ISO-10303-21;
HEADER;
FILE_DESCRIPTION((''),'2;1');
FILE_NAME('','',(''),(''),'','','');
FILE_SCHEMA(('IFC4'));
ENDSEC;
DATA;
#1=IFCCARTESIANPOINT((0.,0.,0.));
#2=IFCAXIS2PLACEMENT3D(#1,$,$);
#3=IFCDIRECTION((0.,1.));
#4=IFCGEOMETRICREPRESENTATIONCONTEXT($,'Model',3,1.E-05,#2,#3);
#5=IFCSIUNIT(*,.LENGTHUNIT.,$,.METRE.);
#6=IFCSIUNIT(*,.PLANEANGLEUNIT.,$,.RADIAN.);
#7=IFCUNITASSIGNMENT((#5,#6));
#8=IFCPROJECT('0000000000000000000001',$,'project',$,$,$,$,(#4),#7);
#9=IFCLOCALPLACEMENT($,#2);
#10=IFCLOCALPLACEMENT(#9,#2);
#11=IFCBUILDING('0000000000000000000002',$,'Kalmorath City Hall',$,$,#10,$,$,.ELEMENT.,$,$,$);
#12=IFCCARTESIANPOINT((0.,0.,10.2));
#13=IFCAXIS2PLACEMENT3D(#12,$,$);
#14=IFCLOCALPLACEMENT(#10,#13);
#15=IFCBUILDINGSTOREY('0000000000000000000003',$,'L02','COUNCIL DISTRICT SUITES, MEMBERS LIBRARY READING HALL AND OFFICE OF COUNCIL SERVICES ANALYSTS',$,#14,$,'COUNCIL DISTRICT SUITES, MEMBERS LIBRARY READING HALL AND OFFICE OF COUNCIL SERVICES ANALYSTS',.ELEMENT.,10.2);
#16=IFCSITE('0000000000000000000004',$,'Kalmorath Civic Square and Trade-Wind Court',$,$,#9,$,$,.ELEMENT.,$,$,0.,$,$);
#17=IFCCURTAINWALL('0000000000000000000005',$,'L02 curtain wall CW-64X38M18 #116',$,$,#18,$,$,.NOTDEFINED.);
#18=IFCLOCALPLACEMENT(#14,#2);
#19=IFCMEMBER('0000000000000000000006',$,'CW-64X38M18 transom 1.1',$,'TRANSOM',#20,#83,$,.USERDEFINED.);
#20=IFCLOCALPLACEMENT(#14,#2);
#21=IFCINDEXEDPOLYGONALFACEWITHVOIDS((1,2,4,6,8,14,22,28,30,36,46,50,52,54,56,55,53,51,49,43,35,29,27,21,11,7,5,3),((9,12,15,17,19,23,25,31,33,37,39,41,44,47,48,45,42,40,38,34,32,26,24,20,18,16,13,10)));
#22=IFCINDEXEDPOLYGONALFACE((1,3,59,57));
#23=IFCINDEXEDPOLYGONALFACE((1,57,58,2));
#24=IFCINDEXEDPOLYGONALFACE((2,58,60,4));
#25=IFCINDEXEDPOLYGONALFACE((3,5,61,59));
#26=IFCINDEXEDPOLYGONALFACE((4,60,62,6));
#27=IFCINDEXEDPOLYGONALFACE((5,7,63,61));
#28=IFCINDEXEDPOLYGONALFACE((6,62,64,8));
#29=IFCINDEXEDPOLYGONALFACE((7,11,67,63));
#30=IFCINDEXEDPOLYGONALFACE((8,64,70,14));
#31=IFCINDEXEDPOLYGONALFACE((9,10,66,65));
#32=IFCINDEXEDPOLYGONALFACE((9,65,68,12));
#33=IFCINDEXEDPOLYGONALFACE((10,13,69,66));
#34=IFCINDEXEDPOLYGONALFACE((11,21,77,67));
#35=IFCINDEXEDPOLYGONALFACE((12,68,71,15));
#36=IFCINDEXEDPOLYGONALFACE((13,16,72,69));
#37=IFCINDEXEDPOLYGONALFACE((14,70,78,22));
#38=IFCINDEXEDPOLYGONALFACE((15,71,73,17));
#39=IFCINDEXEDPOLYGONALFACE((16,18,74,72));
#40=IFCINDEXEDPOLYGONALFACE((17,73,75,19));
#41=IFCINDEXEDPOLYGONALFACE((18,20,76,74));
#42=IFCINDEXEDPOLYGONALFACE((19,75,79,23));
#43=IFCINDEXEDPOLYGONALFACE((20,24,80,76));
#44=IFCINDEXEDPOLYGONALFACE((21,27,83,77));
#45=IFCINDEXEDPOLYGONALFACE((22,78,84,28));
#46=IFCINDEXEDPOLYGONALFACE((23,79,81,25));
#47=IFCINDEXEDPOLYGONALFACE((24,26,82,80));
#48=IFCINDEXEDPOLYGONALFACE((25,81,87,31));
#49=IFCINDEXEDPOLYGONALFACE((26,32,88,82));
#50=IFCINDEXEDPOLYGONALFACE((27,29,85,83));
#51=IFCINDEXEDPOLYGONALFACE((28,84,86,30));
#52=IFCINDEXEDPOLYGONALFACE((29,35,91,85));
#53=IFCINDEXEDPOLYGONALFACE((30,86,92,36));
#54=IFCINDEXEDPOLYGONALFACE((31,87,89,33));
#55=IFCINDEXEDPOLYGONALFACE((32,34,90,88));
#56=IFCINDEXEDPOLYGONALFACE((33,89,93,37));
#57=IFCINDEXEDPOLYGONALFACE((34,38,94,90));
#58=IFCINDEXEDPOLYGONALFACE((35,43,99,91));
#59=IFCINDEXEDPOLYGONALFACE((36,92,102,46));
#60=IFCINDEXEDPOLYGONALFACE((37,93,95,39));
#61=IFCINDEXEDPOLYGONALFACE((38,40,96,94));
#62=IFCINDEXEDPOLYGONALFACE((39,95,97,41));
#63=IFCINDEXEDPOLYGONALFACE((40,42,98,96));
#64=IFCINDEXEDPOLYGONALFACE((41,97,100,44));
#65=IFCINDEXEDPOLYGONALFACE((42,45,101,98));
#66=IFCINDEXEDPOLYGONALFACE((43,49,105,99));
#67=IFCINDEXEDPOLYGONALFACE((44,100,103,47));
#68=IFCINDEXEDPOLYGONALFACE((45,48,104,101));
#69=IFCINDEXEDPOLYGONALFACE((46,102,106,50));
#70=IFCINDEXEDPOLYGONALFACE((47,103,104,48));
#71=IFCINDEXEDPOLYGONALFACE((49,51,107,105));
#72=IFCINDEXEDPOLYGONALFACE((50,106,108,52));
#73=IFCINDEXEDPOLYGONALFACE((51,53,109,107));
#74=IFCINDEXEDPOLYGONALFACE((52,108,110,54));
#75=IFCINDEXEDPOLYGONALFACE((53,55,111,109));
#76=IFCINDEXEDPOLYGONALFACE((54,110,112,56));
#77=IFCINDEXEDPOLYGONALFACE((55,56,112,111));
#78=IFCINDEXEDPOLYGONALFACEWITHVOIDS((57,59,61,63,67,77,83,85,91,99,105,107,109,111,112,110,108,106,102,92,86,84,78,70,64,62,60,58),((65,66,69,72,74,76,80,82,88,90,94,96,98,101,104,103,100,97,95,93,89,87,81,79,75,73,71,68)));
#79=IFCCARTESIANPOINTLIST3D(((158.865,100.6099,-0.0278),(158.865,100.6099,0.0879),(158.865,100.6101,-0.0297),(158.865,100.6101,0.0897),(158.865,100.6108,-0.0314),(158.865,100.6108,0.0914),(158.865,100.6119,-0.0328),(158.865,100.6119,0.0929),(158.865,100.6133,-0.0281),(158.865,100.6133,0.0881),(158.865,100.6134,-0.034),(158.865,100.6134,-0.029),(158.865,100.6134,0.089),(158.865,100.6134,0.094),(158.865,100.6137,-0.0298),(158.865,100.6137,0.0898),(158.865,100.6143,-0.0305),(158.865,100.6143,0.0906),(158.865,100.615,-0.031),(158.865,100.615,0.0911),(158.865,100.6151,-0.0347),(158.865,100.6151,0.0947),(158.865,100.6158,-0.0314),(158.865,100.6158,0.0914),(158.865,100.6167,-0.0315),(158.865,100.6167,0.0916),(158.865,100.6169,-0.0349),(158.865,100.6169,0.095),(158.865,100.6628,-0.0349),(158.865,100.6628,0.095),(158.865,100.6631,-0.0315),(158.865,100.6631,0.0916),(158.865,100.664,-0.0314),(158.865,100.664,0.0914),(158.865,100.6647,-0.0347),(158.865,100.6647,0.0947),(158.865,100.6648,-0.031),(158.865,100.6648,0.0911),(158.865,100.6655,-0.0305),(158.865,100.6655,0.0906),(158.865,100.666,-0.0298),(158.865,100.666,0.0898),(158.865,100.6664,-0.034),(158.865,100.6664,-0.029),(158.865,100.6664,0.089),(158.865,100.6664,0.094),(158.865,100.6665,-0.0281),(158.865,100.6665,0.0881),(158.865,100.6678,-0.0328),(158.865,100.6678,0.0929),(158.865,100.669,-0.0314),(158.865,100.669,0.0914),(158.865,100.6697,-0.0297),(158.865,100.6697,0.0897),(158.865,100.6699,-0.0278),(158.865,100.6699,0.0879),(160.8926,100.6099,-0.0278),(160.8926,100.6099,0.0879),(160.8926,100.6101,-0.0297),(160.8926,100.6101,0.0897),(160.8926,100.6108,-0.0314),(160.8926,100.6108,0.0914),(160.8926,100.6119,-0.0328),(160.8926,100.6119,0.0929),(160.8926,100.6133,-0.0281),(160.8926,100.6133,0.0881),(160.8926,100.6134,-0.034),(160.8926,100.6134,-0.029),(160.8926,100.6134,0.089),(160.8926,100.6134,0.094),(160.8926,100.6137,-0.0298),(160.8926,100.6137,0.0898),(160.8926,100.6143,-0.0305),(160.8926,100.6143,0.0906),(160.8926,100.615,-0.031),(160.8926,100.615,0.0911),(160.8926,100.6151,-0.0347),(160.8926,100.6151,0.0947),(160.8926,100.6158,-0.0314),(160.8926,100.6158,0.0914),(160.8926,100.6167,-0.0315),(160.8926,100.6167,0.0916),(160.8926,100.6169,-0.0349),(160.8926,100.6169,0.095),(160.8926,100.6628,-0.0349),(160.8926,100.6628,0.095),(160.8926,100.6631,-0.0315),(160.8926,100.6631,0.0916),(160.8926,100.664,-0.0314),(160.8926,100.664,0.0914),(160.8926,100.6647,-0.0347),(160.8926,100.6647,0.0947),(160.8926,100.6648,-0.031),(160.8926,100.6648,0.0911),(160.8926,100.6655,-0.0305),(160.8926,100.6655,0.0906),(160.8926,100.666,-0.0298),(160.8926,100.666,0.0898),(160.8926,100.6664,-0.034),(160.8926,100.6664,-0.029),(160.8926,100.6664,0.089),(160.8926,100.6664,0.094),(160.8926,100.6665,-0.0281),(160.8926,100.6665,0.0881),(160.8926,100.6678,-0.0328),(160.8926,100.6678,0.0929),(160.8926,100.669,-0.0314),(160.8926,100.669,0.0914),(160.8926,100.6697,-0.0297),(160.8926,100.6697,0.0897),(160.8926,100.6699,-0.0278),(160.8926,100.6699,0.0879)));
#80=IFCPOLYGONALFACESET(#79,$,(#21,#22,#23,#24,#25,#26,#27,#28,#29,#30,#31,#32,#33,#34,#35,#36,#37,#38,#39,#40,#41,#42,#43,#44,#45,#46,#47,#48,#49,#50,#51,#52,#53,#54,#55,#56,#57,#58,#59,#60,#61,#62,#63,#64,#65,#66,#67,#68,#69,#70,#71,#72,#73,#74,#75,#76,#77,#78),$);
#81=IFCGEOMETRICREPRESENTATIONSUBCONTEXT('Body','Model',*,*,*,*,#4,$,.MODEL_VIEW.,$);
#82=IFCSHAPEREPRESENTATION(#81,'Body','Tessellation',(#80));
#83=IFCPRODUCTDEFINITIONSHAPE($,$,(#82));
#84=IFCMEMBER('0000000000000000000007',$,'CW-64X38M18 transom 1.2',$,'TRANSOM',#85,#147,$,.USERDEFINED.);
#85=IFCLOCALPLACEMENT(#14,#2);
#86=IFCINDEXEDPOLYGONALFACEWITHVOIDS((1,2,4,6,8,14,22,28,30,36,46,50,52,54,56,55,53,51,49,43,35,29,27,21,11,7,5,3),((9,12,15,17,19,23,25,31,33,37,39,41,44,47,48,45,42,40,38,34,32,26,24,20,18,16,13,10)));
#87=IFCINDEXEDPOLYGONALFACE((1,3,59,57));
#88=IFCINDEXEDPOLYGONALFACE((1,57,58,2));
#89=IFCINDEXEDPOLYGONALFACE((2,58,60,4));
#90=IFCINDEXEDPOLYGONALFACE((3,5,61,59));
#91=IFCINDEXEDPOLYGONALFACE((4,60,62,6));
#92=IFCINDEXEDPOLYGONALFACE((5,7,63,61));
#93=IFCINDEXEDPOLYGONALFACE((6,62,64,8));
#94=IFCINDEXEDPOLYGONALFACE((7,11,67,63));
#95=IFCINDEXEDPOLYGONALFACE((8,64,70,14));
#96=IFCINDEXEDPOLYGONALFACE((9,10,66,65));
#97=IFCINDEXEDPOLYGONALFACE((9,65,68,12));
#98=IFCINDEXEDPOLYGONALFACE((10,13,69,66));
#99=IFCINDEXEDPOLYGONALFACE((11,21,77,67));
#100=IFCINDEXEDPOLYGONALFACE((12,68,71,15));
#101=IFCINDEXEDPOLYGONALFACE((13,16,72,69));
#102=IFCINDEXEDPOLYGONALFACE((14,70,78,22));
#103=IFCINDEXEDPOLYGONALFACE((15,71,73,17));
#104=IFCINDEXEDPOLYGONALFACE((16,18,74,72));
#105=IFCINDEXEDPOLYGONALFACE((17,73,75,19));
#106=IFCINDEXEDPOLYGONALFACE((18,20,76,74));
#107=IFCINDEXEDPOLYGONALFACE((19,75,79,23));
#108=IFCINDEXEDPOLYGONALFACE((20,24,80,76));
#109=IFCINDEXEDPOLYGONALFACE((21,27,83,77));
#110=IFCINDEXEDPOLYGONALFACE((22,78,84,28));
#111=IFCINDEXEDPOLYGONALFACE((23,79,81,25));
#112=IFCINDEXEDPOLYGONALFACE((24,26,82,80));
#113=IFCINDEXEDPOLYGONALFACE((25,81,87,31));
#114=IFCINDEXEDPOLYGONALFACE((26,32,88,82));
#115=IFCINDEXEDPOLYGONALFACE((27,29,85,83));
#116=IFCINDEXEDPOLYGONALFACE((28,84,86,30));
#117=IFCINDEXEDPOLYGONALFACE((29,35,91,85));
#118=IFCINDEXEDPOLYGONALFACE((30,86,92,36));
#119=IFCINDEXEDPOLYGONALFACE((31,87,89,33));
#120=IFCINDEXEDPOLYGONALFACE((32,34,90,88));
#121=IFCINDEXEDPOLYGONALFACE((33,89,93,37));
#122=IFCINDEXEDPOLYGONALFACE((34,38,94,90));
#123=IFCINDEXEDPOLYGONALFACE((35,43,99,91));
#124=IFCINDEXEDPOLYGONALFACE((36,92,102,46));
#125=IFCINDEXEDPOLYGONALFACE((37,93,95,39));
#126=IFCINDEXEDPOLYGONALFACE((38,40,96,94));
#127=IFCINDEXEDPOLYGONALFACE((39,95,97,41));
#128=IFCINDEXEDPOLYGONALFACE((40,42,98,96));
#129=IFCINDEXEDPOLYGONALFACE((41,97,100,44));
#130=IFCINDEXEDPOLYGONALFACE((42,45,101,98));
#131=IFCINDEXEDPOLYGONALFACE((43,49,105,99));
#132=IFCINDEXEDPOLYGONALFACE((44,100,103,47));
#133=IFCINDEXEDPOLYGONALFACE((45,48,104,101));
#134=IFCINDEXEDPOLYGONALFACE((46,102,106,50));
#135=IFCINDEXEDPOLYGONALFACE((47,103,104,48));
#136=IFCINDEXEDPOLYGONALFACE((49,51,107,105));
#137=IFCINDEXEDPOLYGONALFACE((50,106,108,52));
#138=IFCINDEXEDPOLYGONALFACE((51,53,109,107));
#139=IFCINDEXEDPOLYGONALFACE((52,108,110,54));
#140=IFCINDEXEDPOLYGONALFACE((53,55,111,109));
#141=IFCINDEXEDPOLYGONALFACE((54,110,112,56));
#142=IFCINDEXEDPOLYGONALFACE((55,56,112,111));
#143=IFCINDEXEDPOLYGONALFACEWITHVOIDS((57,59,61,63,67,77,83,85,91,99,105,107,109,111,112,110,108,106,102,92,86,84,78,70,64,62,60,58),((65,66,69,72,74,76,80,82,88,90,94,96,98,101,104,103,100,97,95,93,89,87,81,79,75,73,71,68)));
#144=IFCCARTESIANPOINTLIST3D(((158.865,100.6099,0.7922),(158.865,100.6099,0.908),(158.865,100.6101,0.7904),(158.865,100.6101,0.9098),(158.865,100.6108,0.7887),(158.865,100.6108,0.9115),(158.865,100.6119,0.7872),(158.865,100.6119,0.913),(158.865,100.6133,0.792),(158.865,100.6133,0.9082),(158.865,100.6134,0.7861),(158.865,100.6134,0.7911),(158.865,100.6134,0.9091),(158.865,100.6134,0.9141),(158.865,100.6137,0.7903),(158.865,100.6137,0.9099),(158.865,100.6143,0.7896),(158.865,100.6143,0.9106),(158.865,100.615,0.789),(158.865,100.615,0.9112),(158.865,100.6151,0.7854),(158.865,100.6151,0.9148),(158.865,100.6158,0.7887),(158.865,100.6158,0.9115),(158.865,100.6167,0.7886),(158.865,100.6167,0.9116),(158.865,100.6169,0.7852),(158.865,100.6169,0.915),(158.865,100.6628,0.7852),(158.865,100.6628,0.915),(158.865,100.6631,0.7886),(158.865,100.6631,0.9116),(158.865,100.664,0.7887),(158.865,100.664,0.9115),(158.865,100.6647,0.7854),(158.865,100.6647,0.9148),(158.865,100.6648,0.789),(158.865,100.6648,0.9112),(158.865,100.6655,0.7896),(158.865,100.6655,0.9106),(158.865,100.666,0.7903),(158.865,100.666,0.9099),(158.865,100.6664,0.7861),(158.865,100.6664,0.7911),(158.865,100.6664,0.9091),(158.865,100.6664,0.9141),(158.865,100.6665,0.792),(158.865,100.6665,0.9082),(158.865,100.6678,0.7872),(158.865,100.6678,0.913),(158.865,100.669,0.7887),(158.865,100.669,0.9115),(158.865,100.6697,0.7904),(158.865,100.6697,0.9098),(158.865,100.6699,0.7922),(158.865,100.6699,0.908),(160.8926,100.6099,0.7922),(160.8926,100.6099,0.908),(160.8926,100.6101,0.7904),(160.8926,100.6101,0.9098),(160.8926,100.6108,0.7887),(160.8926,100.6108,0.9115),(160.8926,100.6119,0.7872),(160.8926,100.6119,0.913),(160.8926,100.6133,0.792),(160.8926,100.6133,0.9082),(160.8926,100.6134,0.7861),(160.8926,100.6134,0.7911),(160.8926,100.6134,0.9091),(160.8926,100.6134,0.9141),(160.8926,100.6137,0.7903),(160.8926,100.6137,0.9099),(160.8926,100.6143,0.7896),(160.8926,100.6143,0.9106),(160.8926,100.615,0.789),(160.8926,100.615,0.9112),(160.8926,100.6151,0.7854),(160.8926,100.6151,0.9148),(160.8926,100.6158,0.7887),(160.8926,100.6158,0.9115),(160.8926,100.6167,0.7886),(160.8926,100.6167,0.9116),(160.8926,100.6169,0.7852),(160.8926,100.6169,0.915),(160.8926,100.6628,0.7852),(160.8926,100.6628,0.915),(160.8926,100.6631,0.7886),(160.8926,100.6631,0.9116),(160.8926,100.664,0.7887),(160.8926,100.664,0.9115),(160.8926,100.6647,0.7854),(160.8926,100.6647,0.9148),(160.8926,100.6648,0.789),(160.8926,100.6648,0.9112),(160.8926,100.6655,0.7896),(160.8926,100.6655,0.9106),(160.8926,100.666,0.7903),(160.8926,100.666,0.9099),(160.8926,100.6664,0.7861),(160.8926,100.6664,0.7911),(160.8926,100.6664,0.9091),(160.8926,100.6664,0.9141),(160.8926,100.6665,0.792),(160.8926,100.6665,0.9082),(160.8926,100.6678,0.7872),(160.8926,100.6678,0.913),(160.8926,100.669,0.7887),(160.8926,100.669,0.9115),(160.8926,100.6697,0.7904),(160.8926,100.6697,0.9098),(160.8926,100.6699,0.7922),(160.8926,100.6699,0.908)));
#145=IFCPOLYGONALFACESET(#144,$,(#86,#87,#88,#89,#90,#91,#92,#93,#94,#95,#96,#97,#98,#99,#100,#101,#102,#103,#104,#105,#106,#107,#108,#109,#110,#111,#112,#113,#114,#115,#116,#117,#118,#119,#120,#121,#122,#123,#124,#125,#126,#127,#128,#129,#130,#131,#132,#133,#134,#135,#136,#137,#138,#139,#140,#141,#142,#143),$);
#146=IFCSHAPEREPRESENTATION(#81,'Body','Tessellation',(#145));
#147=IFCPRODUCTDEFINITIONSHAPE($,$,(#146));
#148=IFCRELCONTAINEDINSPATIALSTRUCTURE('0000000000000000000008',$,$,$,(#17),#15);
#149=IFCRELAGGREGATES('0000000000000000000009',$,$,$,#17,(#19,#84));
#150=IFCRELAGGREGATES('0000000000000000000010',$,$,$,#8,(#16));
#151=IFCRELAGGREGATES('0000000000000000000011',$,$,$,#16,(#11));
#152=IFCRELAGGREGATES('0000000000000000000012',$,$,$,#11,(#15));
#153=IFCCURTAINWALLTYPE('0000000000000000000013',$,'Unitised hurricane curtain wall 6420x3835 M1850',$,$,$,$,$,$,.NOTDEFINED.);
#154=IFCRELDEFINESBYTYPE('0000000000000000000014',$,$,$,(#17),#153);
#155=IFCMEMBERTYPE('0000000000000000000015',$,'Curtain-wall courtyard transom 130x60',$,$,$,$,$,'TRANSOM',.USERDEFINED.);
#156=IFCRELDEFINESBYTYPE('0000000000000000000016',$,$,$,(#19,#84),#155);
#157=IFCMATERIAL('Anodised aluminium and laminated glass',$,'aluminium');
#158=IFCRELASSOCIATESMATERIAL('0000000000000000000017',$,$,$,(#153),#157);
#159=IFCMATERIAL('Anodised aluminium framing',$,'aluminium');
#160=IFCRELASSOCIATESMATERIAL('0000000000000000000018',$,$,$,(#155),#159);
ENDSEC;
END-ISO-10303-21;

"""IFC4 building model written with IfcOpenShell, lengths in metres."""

from ifc_helpers import new_model, si_unit, direction, frame, origin, origin_2d, place, context, subcontext, project, spatial, hollow_rectangle, extrude, material, material_profile, profile_set, type_object, element, aggregate, save


model = new_model("IFC4")

# Units and contexts
model_context = context("Model", 3, precision=1e-05, world=origin(), true_north=direction((0.0, 1.0)))
body_context = subcontext(model_context, "Body", "Model", "MODEL_VIEW")
ifc_project = project(units=[si_unit("LENGTHUNIT", "METRE"), si_unit("PLANEANGLEUNIT", "RADIAN")], contexts=[model_context])

# Site, building, storey
site_placement = place(None, origin())
site = spatial("IfcSite", under=ifc_project, at=site_placement, Name="Kalmorath Civic Square and Trade-Wind Court", CompositionType="ELEMENT", RefElevation=0.0)
building_placement = place(site_placement, origin())
building = spatial("IfcBuilding", under=site, at=building_placement, Name="Kalmorath City Hall", CompositionType="ELEMENT")
storey_placement = place(building_placement, frame((0.0, 0.0, 10.2)))
storey = spatial("IfcBuildingStorey", under=building, at=storey_placement, Name="L02", Description="COUNCIL DISTRICT SUITES, MEMBERS LIBRARY READING HALL AND OFFICE OF COUNCIL SERVICES ANALYSTS", LongName="COUNCIL DISTRICT SUITES, MEMBERS LIBRARY READING HALL AND OFFICE OF COUNCIL SERVICES ANALYSTS", CompositionType="ELEMENT", Elevation=10.2)

# Curtain wall, members
ifc_material_1 = material(Name="Anodised aluminium and laminated glass", Category="aluminium")
curtain_wall_type = type_object("IfcCurtainWallType", Name="Unitised hurricane curtain wall 6420x3835 M1850", PredefinedType="NOTDEFINED", material=ifc_material_1)
curtain_wall_placement = place(storey_placement, origin())
curtain_wall = element("IfcCurtainWall", 1, at=curtain_wall_placement, inside=storey, type_object=curtain_wall_type, Name="L02 curtain wall CW-64X38M18 #116", PredefinedType="NOTDEFINED")
ifc_material_2 = material(Name="Anodised aluminium framing", Category="aluminium")
ifc_material_profile_1 = material_profile(ifc_material_2, hollow_rectangle(XDim=0.0601, YDim=0.1299, WallThickness=0.0034, InnerFilletRadius=0.0034, OuterFilletRadius=0.0071, at=origin_2d()), Name="ALU-TRN-130X60X3.5")
ifc_profile_set_1 = profile_set([ifc_material_profile_1], Name="Anodised aluminium framing")
member_type_1 = type_object("IfcMemberType", Name="Curtain-wall courtyard transom 130x60", ElementType="TRANSOM", PredefinedType="USERDEFINED", material=ifc_profile_set_1)
member_1_placement = place(storey_placement, frame((158.865, 100.6399, 0.03), z_axis=(1.0, 0.0, 0.0), x_axis=(0.0, 1.0, 0.0)))
member_1 = element("IfcMember", 2, at=member_1_placement, type_object=member_type_1, Name="CW-64X38M18 transom 1.1", ObjectType="TRANSOM", PredefinedType="USERDEFINED", context=body_context, shape_type="SweptSolid", body=[
    extrude(hollow_rectangle(XDim=0.0601, YDim=0.1299, WallThickness=0.0034, InnerFilletRadius=0.0034, OuterFilletRadius=0.0071, at=origin_2d()), origin(), (0.0, 0.0, 1.0), 2.0276),
])
member_2_placement = place(storey_placement, frame((158.865, 100.6399, 0.8501), z_axis=(1.0, 0.0, 0.0), x_axis=(0.0, 1.0, 0.0)))
member_2 = element("IfcMember", 3, at=member_2_placement, type_object=member_type_1, Name="CW-64X38M18 transom 1.2", ObjectType="TRANSOM", PredefinedType="USERDEFINED", context=body_context, shape_type="SweptSolid", body=[
    extrude(hollow_rectangle(XDim=0.0601, YDim=0.1299, WallThickness=0.0034, InnerFilletRadius=0.0034, OuterFilletRadius=0.0071, at=origin_2d()), origin(), (0.0, 0.0, 1.0), 2.0276),
])

aggregate(curtain_wall, [member_1, member_2])

save(model, "model.ifc")
